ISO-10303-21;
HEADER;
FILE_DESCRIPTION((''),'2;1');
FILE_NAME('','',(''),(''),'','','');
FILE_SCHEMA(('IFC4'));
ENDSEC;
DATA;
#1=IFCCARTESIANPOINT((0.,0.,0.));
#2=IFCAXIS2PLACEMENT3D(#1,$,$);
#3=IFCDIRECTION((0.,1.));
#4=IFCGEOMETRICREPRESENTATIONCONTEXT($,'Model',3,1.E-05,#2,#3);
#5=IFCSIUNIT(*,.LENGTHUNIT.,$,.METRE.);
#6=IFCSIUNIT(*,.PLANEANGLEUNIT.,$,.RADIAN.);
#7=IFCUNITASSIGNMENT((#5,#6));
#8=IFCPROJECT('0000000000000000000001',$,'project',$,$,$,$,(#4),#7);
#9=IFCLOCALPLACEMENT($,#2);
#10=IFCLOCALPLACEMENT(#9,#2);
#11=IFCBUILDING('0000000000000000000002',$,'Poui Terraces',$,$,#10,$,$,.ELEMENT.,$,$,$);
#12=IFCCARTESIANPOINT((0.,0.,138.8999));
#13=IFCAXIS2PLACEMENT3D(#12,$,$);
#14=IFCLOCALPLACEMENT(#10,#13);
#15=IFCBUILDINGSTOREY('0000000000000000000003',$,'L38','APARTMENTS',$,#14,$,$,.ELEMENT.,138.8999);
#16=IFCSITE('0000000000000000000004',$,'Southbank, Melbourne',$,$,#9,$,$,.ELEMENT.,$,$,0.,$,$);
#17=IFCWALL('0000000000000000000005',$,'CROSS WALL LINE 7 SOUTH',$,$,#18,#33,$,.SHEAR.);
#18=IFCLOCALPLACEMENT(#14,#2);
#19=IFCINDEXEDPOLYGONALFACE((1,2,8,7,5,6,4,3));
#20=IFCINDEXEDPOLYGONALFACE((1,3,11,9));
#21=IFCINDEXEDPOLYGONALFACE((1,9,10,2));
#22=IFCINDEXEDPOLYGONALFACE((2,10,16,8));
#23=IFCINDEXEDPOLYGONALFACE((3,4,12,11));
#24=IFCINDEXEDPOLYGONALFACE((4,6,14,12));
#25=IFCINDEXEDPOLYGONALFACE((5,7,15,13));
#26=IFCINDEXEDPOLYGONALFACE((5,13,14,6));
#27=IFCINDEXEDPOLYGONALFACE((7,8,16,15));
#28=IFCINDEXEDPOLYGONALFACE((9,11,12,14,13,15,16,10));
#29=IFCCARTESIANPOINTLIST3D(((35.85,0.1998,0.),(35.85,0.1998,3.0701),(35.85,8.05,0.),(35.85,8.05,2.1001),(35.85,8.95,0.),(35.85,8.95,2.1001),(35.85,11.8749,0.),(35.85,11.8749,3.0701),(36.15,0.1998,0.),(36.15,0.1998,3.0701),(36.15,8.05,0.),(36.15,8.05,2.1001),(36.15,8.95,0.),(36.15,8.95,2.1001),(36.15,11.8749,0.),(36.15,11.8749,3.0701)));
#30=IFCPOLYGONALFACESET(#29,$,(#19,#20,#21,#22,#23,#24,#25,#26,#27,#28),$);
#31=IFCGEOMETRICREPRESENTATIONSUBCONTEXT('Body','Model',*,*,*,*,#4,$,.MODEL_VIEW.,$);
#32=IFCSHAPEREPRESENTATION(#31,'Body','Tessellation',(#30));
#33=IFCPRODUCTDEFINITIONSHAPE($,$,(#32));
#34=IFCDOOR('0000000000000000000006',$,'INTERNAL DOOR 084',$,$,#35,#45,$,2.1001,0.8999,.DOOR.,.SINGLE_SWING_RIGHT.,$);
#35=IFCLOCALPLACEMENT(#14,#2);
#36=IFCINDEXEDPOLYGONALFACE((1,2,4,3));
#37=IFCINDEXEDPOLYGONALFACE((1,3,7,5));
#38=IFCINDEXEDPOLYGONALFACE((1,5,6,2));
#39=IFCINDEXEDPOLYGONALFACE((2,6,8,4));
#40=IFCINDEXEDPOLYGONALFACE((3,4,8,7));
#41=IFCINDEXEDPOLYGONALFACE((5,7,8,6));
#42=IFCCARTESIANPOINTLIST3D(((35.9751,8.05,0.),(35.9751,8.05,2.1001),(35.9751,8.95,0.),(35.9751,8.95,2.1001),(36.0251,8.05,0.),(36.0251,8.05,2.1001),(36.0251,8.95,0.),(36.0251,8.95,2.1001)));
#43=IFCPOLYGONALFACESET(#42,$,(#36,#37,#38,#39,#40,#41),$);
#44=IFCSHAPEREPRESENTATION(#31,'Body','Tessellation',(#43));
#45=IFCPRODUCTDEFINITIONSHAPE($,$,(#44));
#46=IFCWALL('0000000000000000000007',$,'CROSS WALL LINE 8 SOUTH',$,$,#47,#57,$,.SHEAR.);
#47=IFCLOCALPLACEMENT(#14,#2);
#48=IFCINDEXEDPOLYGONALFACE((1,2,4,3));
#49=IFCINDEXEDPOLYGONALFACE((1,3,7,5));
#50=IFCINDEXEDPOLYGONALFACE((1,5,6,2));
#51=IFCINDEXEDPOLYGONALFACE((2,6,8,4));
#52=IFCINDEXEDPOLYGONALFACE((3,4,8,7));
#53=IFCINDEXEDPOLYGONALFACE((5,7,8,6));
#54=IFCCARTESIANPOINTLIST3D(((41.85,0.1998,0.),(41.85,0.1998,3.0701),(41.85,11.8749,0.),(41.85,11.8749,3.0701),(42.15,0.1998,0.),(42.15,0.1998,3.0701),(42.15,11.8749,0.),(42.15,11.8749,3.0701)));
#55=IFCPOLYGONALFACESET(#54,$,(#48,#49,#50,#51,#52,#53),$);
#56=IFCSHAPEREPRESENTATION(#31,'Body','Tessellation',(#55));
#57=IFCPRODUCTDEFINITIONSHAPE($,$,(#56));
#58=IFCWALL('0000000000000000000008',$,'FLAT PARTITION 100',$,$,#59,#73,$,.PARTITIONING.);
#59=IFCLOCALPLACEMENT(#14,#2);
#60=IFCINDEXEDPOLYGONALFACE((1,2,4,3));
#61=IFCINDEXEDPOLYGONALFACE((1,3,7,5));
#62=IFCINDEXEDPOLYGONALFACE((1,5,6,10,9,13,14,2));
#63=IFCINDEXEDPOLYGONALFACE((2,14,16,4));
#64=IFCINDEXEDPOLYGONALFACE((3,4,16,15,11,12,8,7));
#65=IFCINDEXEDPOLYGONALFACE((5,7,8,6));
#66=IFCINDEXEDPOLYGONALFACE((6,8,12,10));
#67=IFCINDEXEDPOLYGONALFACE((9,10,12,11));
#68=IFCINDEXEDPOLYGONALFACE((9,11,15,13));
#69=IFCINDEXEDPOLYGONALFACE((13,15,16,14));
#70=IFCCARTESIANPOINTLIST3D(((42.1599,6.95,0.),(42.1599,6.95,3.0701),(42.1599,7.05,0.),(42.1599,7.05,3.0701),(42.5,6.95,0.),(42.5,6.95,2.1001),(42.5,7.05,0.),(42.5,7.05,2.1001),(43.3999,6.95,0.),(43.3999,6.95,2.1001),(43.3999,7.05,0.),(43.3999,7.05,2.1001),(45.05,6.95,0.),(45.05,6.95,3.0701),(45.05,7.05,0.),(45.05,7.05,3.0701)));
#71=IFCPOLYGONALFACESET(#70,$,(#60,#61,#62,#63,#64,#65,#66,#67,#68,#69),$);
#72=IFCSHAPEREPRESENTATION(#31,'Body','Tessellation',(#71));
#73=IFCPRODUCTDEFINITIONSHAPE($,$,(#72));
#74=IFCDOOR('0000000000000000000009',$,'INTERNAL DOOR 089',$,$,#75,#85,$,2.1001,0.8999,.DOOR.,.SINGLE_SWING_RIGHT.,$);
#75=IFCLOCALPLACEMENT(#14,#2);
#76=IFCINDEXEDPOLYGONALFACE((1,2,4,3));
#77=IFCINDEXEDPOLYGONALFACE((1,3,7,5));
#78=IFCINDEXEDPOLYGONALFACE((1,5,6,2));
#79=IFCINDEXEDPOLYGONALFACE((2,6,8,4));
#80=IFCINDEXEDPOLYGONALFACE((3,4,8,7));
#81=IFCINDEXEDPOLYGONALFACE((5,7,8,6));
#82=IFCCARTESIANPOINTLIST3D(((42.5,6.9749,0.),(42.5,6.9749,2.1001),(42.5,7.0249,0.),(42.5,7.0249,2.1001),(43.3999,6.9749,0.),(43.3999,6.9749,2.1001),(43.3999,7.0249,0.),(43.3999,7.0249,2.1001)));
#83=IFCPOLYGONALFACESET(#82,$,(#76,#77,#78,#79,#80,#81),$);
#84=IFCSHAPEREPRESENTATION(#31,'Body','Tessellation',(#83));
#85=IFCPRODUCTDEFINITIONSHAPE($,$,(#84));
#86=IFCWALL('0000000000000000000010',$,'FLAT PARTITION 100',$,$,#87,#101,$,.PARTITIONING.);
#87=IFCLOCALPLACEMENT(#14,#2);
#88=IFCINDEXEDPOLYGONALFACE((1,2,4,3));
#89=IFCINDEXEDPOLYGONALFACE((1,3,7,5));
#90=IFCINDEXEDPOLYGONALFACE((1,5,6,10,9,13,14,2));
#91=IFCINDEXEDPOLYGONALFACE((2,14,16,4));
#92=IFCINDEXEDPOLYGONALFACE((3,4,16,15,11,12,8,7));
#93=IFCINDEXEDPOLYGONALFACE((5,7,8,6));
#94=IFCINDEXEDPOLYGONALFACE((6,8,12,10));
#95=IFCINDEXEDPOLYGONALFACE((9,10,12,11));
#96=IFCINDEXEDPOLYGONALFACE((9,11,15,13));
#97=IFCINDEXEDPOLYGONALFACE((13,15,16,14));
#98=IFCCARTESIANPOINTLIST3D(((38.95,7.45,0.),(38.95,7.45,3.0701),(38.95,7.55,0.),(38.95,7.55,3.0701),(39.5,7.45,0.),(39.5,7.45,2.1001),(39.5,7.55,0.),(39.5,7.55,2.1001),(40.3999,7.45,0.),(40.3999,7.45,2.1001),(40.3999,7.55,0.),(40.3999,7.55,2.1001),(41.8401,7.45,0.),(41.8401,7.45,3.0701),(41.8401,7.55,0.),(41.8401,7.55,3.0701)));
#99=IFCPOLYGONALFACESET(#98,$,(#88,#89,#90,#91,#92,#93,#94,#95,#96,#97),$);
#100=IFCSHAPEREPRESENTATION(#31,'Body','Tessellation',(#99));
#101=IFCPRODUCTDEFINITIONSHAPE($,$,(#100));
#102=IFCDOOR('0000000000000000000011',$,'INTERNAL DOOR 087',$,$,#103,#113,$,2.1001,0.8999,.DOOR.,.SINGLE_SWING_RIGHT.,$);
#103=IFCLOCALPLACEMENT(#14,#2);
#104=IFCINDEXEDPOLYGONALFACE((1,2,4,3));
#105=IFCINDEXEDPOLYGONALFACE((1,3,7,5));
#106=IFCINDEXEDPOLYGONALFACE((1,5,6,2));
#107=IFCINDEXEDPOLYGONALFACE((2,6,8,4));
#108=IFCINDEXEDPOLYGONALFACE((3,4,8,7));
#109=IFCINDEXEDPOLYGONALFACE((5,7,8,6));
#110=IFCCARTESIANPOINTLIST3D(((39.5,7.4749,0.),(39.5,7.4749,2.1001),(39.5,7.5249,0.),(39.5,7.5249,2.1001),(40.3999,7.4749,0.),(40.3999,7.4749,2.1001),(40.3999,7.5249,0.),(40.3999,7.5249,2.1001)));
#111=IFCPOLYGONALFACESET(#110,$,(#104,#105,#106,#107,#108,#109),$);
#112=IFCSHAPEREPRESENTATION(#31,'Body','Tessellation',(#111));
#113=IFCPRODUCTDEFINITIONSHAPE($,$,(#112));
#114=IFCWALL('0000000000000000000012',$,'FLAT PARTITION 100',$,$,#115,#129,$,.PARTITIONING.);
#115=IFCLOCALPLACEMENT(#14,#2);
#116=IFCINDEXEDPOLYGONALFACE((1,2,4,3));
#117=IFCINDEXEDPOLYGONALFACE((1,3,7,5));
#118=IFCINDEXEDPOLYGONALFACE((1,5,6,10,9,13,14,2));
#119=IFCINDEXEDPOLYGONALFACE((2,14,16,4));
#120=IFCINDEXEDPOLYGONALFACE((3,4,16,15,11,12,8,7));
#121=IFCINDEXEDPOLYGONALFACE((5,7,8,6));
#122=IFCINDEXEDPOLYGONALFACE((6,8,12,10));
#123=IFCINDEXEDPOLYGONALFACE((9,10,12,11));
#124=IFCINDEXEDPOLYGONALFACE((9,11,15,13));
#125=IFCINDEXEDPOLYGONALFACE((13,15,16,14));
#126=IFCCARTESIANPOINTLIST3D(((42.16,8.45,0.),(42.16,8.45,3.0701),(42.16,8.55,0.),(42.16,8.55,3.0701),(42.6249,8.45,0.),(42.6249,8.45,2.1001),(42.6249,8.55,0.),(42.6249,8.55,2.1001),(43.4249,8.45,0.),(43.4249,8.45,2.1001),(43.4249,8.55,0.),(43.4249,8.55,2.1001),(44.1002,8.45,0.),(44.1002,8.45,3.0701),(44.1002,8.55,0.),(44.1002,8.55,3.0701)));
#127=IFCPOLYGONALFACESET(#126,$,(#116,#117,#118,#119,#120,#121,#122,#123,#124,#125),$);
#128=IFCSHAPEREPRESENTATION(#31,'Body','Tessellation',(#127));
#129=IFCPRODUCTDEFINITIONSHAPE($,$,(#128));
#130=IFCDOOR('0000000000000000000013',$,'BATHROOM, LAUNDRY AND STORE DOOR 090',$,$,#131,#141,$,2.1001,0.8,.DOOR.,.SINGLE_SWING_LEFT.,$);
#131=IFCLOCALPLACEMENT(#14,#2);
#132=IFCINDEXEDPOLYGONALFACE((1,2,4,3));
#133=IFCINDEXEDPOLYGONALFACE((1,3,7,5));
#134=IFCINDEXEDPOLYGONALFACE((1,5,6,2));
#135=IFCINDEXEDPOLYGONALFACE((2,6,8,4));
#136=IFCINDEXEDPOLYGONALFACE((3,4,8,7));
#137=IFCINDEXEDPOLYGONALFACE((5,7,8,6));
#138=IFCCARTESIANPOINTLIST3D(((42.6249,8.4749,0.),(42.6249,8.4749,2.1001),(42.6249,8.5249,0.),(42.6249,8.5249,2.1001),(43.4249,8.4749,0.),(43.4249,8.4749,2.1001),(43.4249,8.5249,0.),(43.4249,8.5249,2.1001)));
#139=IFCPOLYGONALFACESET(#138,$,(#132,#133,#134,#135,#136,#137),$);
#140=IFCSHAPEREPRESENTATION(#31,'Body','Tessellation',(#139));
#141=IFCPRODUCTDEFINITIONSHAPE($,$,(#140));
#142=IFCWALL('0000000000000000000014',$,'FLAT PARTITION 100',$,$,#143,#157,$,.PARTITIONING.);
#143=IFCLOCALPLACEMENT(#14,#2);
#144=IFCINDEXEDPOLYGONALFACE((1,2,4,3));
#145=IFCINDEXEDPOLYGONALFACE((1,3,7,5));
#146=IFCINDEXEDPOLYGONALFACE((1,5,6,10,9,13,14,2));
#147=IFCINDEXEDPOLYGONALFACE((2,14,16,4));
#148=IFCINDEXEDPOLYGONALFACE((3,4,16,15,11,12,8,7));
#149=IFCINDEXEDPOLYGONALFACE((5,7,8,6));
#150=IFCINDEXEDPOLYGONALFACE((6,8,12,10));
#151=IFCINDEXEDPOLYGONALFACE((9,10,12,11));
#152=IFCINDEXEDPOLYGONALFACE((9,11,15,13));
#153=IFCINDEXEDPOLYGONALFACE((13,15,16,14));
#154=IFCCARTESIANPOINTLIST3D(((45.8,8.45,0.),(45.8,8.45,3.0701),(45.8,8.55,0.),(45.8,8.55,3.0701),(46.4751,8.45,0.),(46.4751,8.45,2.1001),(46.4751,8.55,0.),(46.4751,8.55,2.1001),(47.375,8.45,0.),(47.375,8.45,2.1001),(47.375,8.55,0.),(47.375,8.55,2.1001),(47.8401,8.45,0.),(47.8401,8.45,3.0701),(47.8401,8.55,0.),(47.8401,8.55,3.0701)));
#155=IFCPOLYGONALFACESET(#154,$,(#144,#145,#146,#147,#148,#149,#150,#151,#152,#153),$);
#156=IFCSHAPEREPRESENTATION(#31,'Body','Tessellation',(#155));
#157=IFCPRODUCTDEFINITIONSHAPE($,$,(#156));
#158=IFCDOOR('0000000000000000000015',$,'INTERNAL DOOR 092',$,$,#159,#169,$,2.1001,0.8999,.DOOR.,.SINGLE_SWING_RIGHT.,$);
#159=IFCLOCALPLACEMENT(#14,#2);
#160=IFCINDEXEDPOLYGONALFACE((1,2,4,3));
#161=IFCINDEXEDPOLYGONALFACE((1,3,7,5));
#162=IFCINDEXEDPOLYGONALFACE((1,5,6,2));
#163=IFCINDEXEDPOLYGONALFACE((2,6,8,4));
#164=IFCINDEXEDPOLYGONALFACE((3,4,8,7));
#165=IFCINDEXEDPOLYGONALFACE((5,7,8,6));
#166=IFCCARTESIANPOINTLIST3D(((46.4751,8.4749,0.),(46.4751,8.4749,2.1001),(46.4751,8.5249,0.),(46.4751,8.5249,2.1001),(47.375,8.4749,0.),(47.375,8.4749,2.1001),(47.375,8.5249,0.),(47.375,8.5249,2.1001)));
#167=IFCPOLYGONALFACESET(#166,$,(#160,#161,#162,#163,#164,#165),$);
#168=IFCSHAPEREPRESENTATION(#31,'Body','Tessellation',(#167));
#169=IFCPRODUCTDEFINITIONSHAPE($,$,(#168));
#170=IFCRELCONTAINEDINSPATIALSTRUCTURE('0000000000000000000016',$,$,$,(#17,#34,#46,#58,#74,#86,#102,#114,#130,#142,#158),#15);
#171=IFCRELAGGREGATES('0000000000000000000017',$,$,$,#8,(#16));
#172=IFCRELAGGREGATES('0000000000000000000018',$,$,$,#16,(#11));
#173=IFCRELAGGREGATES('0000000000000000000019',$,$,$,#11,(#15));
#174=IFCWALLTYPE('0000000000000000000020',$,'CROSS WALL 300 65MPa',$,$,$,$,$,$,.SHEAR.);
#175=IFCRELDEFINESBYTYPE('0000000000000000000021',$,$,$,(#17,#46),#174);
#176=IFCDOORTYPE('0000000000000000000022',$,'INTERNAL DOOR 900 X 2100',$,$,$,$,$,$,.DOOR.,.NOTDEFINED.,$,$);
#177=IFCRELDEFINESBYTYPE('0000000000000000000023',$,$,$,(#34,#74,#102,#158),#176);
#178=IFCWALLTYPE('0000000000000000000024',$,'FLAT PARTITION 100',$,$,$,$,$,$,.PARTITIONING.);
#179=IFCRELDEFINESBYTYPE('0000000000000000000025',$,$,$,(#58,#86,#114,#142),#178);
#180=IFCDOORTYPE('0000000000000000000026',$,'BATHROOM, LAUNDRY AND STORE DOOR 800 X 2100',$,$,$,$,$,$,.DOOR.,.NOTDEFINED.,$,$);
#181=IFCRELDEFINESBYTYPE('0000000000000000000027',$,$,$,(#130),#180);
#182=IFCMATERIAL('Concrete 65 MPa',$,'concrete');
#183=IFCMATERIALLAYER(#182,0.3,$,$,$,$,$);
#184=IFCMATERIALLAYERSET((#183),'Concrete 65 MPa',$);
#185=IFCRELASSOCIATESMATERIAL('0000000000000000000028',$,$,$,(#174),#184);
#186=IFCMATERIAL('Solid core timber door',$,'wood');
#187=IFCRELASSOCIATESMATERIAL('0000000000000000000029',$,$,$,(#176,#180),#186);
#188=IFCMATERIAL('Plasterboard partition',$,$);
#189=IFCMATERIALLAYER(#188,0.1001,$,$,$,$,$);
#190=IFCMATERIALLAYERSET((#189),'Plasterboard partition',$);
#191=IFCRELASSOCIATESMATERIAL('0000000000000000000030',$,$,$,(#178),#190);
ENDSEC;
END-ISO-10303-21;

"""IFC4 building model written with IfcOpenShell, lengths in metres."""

from ifc_helpers import new_model, si_unit, direction, frame, frame_2d, origin, place, context, subcontext, project, spatial, rectangle, extrude, material, layer, layer_set, type_object, element, fill, save


model = new_model("IFC4")

# Units and contexts
model_context = context("Model", 3, precision=1e-05, world=origin(), true_north=direction((0.0, 1.0)))
body_context = subcontext(model_context, "Body", "Model", "MODEL_VIEW")
ifc_project = project(units=[si_unit("LENGTHUNIT", "METRE"), si_unit("PLANEANGLEUNIT", "RADIAN")], contexts=[model_context])

# Site, building, storey
site_placement = place(None, origin())
site = spatial("IfcSite", under=ifc_project, at=site_placement, Name="Southbank, Melbourne", CompositionType="ELEMENT", RefElevation=0.0)
building_placement = place(site_placement, origin())
building = spatial("IfcBuilding", under=site, at=building_placement, Name="Poui Terraces", CompositionType="ELEMENT")
storey_placement = place(building_placement, frame((0.0, 0.0, 138.8999)))
storey = spatial("IfcBuildingStorey", under=building, at=storey_placement, Name="L38", Description="APARTMENTS", CompositionType="ELEMENT", Elevation=138.8999)

# Wall, opening, door
ifc_material_1 = material(Name="Concrete 65 MPa", Category="concrete")
ifc_layer_1 = layer(ifc_material_1, 0.3)
ifc_layer_set_1 = layer_set([ifc_layer_1], Name="Concrete 65 MPa")
wall_type_1 = type_object("IfcWallType", Name="CROSS WALL 300 65MPa", PredefinedType="SHEAR", material=ifc_layer_set_1)
wall_1_placement = place(storey_placement, frame((36.0, 0.2, 0.0), z_axis=(0.0, 0.0, 1.0), x_axis=(0.0, 1.0, 0.0)))
wall_1 = element("IfcWall", 1, at=wall_1_placement, inside=storey, type_object=wall_type_1, Name="CROSS WALL LINE 7 SOUTH", PredefinedType="SHEAR", context=body_context, shape_type="SweptSolid", body=[
    extrude(rectangle(XDim=11.675, YDim=0.3, at=frame_2d((5.8374, 0.0))), origin(), (0.0, 0.0, 1.0), 3.0701),
])
opening_1_placement = place(wall_1_placement, frame((7.8501, 0.0, 0.0)))
opening_1 = element("IfcOpeningElement", 2, at=opening_1_placement, cuts=wall_1, PredefinedType="OPENING", context=body_context, shape_type="SweptSolid", body=[
    extrude(rectangle(XDim=0.8999, YDim=2.1001, at=frame_2d((0.45, 1.05))), frame((0.0, 0.1602, 0.0), z_axis=(0.0, -1.0, 0.0), x_axis=(1.0, 0.0, 0.0)), (0.0, 0.0, 1.0), 0.3201),
])
ifc_material_2 = material(Name="Solid core timber door", Category="wood")
door_type_1 = type_object("IfcDoorType", Name="INTERNAL DOOR 900 X 2100", OperationType="NOTDEFINED", PredefinedType="DOOR", material=ifc_material_2)
door_1_placement = place(opening_1_placement, origin())
door_1 = element("IfcDoor", 3, at=door_1_placement, inside=storey, type_object=door_type_1, Name="INTERNAL DOOR 084", OperationType="SINGLE_SWING_RIGHT", OverallHeight=2.1001, OverallWidth=0.8999, PredefinedType="DOOR", context=body_context, shape_type="SweptSolid", body=[
    extrude(rectangle(XDim=0.8999, YDim=2.1001, at=frame_2d((0.45, 1.05))), frame((0.0, 0.0249, 0.0), z_axis=(0.0, -1.0, 0.0), x_axis=(1.0, 0.0, 0.0)), (0.0, 0.0, 1.0), 0.05),
])
fill(opening_1, door_1)

# Wall
wall_2_placement = place(storey_placement, frame((42.0, 0.2, 0.0), z_axis=(0.0, 0.0, 1.0), x_axis=(0.0, 1.0, 0.0)))
element("IfcWall", 4, at=wall_2_placement, inside=storey, type_object=wall_type_1, Name="CROSS WALL LINE 8 SOUTH", PredefinedType="SHEAR", context=body_context, shape_type="SweptSolid", body=[
    extrude(rectangle(XDim=11.675, YDim=0.3, at=frame_2d((5.8374, 0.0))), origin(), (0.0, 0.0, 1.0), 3.0701),
])

# Walls, openings, doors
ifc_material_3 = material(Name="Plasterboard partition")
ifc_layer_2 = layer(ifc_material_3, 0.1001)
ifc_layer_set_2 = layer_set([ifc_layer_2], Name="Plasterboard partition")
wall_type_2 = type_object("IfcWallType", Name="FLAT PARTITION 100", PredefinedType="PARTITIONING", material=ifc_layer_set_2)
wall_3_placement = place(storey_placement, frame((42.1599, 7.0, 0.0), z_axis=(0.0, 0.0, 1.0), x_axis=(1.0, 0.0, 0.0)))
wall_3 = element("IfcWall", 5, at=wall_3_placement, inside=storey, type_object=wall_type_2, Name="FLAT PARTITION 100", PredefinedType="PARTITIONING", context=body_context, shape_type="SweptSolid", body=[
    extrude(rectangle(XDim=2.8901, YDim=0.1001, at=frame_2d((1.4451, 0.0))), origin(), (0.0, 0.0, 1.0), 3.0701),
])
opening_2_placement = place(wall_3_placement, frame((0.3401, 0.0, 0.0)))
opening_2 = element("IfcOpeningElement", 6, at=opening_2_placement, cuts=wall_3, PredefinedType="OPENING", context=body_context, shape_type="SweptSolid", body=[
    extrude(rectangle(XDim=0.8999, YDim=2.1001, at=frame_2d((0.45, 1.05))), frame((0.0, 0.0601, 0.0), z_axis=(0.0, -1.0, 0.0), x_axis=(1.0, 0.0, 0.0)), (0.0, 0.0, 1.0), 0.1201),
])
door_2_placement = place(opening_2_placement, origin())
door_2 = element("IfcDoor", 7, at=door_2_placement, inside=storey, type_object=door_type_1, Name="INTERNAL DOOR 089", OperationType="SINGLE_SWING_RIGHT", OverallHeight=2.1001, OverallWidth=0.8999, PredefinedType="DOOR", context=body_context, shape_type="SweptSolid", body=[
    extrude(rectangle(XDim=0.8999, YDim=2.1001, at=frame_2d((0.45, 1.05))), frame((0.0, 0.0249, 0.0), z_axis=(0.0, -1.0, 0.0), x_axis=(1.0, 0.0, 0.0)), (0.0, 0.0, 1.0), 0.05),
])
fill(opening_2, door_2)
wall_4_placement = place(storey_placement, frame((38.95, 7.5, 0.0), z_axis=(0.0, 0.0, 1.0), x_axis=(1.0, 0.0, 0.0)))
wall_4 = element("IfcWall", 8, at=wall_4_placement, inside=storey, type_object=wall_type_2, Name="FLAT PARTITION 100", PredefinedType="PARTITIONING", context=body_context, shape_type="SweptSolid", body=[
    extrude(rectangle(XDim=2.8901, YDim=0.1001, at=frame_2d((1.4451, 0.0))), origin(), (0.0, 0.0, 1.0), 3.0701),
])
opening_3_placement = place(wall_4_placement, frame((0.55, 0.0, 0.0)))
opening_3 = element("IfcOpeningElement", 9, at=opening_3_placement, cuts=wall_4, PredefinedType="OPENING", context=body_context, shape_type="SweptSolid", body=[
    extrude(rectangle(XDim=0.8999, YDim=2.1001, at=frame_2d((0.45, 1.05))), frame((0.0, 0.0601, 0.0), z_axis=(0.0, -1.0, 0.0), x_axis=(1.0, 0.0, 0.0)), (0.0, 0.0, 1.0), 0.1201),
])
door_3_placement = place(opening_3_placement, origin())
door_3 = element("IfcDoor", 10, at=door_3_placement, inside=storey, type_object=door_type_1, Name="INTERNAL DOOR 087", OperationType="SINGLE_SWING_RIGHT", OverallHeight=2.1001, OverallWidth=0.8999, PredefinedType="DOOR", context=body_context, shape_type="SweptSolid", body=[
    extrude(rectangle(XDim=0.8999, YDim=2.1001, at=frame_2d((0.45, 1.05))), frame((0.0, 0.0249, 0.0), z_axis=(0.0, -1.0, 0.0), x_axis=(1.0, 0.0, 0.0)), (0.0, 0.0, 1.0), 0.05),
])
fill(opening_3, door_3)
wall_5_placement = place(storey_placement, frame((42.1599, 8.5, 0.0), z_axis=(0.0, 0.0, 1.0), x_axis=(1.0, 0.0, 0.0)))
wall_5 = element("IfcWall", 11, at=wall_5_placement, inside=storey, type_object=wall_type_2, Name="FLAT PARTITION 100", PredefinedType="PARTITIONING", context=body_context, shape_type="SweptSolid", body=[
    extrude(rectangle(XDim=1.9402, YDim=0.1001, at=frame_2d((0.9702, 0.0))), origin(), (0.0, 0.0, 1.0), 3.0701),
])
opening_4_placement = place(wall_5_placement, frame((0.4651, 0.0, 0.0)))
opening_4 = element("IfcOpeningElement", 12, at=opening_4_placement, cuts=wall_5, PredefinedType="OPENING", context=body_context, shape_type="SweptSolid", body=[
    extrude(rectangle(XDim=0.8, YDim=2.1001, at=frame_2d((0.3999, 1.05))), frame((0.0, 0.0601, 0.0), z_axis=(0.0, -1.0, 0.0), x_axis=(1.0, 0.0, 0.0)), (0.0, 0.0, 1.0), 0.1201),
])
door_type_2 = type_object("IfcDoorType", Name="BATHROOM, LAUNDRY AND STORE DOOR 800 X 2100", OperationType="NOTDEFINED", PredefinedType="DOOR", material=ifc_material_2)
door_4_placement = place(opening_4_placement, origin())
door_4 = element("IfcDoor", 13, at=door_4_placement, inside=storey, type_object=door_type_2, Name="BATHROOM, LAUNDRY AND STORE DOOR 090", OperationType="SINGLE_SWING_LEFT", OverallHeight=2.1001, OverallWidth=0.8, PredefinedType="DOOR", context=body_context, shape_type="SweptSolid", body=[
    extrude(rectangle(XDim=0.8, YDim=2.1001, at=frame_2d((0.3999, 1.05))), frame((0.0, 0.0249, 0.0), z_axis=(0.0, -1.0, 0.0), x_axis=(1.0, 0.0, 0.0)), (0.0, 0.0, 1.0), 0.05),
])
fill(opening_4, door_4)
wall_6_placement = place(storey_placement, frame((45.8, 8.5, 0.0), z_axis=(0.0, 0.0, 1.0), x_axis=(1.0, 0.0, 0.0)))
wall_6 = element("IfcWall", 14, at=wall_6_placement, inside=storey, type_object=wall_type_2, Name="FLAT PARTITION 100", PredefinedType="PARTITIONING", context=body_context, shape_type="SweptSolid", body=[
    extrude(rectangle(XDim=2.04, YDim=0.1001, at=frame_2d((1.02, 0.0))), origin(), (0.0, 0.0, 1.0), 3.0701),
])
opening_5_placement = place(wall_6_placement, frame((0.675, 0.0, 0.0)))
opening_5 = element("IfcOpeningElement", 15, at=opening_5_placement, cuts=wall_6, PredefinedType="OPENING", context=body_context, shape_type="SweptSolid", body=[
    extrude(rectangle(XDim=0.8999, YDim=2.1001, at=frame_2d((0.45, 1.05))), frame((0.0, 0.0601, 0.0), z_axis=(0.0, -1.0, 0.0), x_axis=(1.0, 0.0, 0.0)), (0.0, 0.0, 1.0), 0.1201),
])
door_5_placement = place(opening_5_placement, origin())
door_5 = element("IfcDoor", 16, at=door_5_placement, inside=storey, type_object=door_type_1, Name="INTERNAL DOOR 092", OperationType="SINGLE_SWING_RIGHT", OverallHeight=2.1001, OverallWidth=0.8999, PredefinedType="DOOR", context=body_context, shape_type="SweptSolid", body=[
    extrude(rectangle(XDim=0.8999, YDim=2.1001, at=frame_2d((0.45, 1.05))), frame((0.0, 0.0249, 0.0), z_axis=(0.0, -1.0, 0.0), x_axis=(1.0, 0.0, 0.0)), (0.0, 0.0, 1.0), 0.05),
])
fill(opening_5, door_5)

save(model, "model.ifc")
